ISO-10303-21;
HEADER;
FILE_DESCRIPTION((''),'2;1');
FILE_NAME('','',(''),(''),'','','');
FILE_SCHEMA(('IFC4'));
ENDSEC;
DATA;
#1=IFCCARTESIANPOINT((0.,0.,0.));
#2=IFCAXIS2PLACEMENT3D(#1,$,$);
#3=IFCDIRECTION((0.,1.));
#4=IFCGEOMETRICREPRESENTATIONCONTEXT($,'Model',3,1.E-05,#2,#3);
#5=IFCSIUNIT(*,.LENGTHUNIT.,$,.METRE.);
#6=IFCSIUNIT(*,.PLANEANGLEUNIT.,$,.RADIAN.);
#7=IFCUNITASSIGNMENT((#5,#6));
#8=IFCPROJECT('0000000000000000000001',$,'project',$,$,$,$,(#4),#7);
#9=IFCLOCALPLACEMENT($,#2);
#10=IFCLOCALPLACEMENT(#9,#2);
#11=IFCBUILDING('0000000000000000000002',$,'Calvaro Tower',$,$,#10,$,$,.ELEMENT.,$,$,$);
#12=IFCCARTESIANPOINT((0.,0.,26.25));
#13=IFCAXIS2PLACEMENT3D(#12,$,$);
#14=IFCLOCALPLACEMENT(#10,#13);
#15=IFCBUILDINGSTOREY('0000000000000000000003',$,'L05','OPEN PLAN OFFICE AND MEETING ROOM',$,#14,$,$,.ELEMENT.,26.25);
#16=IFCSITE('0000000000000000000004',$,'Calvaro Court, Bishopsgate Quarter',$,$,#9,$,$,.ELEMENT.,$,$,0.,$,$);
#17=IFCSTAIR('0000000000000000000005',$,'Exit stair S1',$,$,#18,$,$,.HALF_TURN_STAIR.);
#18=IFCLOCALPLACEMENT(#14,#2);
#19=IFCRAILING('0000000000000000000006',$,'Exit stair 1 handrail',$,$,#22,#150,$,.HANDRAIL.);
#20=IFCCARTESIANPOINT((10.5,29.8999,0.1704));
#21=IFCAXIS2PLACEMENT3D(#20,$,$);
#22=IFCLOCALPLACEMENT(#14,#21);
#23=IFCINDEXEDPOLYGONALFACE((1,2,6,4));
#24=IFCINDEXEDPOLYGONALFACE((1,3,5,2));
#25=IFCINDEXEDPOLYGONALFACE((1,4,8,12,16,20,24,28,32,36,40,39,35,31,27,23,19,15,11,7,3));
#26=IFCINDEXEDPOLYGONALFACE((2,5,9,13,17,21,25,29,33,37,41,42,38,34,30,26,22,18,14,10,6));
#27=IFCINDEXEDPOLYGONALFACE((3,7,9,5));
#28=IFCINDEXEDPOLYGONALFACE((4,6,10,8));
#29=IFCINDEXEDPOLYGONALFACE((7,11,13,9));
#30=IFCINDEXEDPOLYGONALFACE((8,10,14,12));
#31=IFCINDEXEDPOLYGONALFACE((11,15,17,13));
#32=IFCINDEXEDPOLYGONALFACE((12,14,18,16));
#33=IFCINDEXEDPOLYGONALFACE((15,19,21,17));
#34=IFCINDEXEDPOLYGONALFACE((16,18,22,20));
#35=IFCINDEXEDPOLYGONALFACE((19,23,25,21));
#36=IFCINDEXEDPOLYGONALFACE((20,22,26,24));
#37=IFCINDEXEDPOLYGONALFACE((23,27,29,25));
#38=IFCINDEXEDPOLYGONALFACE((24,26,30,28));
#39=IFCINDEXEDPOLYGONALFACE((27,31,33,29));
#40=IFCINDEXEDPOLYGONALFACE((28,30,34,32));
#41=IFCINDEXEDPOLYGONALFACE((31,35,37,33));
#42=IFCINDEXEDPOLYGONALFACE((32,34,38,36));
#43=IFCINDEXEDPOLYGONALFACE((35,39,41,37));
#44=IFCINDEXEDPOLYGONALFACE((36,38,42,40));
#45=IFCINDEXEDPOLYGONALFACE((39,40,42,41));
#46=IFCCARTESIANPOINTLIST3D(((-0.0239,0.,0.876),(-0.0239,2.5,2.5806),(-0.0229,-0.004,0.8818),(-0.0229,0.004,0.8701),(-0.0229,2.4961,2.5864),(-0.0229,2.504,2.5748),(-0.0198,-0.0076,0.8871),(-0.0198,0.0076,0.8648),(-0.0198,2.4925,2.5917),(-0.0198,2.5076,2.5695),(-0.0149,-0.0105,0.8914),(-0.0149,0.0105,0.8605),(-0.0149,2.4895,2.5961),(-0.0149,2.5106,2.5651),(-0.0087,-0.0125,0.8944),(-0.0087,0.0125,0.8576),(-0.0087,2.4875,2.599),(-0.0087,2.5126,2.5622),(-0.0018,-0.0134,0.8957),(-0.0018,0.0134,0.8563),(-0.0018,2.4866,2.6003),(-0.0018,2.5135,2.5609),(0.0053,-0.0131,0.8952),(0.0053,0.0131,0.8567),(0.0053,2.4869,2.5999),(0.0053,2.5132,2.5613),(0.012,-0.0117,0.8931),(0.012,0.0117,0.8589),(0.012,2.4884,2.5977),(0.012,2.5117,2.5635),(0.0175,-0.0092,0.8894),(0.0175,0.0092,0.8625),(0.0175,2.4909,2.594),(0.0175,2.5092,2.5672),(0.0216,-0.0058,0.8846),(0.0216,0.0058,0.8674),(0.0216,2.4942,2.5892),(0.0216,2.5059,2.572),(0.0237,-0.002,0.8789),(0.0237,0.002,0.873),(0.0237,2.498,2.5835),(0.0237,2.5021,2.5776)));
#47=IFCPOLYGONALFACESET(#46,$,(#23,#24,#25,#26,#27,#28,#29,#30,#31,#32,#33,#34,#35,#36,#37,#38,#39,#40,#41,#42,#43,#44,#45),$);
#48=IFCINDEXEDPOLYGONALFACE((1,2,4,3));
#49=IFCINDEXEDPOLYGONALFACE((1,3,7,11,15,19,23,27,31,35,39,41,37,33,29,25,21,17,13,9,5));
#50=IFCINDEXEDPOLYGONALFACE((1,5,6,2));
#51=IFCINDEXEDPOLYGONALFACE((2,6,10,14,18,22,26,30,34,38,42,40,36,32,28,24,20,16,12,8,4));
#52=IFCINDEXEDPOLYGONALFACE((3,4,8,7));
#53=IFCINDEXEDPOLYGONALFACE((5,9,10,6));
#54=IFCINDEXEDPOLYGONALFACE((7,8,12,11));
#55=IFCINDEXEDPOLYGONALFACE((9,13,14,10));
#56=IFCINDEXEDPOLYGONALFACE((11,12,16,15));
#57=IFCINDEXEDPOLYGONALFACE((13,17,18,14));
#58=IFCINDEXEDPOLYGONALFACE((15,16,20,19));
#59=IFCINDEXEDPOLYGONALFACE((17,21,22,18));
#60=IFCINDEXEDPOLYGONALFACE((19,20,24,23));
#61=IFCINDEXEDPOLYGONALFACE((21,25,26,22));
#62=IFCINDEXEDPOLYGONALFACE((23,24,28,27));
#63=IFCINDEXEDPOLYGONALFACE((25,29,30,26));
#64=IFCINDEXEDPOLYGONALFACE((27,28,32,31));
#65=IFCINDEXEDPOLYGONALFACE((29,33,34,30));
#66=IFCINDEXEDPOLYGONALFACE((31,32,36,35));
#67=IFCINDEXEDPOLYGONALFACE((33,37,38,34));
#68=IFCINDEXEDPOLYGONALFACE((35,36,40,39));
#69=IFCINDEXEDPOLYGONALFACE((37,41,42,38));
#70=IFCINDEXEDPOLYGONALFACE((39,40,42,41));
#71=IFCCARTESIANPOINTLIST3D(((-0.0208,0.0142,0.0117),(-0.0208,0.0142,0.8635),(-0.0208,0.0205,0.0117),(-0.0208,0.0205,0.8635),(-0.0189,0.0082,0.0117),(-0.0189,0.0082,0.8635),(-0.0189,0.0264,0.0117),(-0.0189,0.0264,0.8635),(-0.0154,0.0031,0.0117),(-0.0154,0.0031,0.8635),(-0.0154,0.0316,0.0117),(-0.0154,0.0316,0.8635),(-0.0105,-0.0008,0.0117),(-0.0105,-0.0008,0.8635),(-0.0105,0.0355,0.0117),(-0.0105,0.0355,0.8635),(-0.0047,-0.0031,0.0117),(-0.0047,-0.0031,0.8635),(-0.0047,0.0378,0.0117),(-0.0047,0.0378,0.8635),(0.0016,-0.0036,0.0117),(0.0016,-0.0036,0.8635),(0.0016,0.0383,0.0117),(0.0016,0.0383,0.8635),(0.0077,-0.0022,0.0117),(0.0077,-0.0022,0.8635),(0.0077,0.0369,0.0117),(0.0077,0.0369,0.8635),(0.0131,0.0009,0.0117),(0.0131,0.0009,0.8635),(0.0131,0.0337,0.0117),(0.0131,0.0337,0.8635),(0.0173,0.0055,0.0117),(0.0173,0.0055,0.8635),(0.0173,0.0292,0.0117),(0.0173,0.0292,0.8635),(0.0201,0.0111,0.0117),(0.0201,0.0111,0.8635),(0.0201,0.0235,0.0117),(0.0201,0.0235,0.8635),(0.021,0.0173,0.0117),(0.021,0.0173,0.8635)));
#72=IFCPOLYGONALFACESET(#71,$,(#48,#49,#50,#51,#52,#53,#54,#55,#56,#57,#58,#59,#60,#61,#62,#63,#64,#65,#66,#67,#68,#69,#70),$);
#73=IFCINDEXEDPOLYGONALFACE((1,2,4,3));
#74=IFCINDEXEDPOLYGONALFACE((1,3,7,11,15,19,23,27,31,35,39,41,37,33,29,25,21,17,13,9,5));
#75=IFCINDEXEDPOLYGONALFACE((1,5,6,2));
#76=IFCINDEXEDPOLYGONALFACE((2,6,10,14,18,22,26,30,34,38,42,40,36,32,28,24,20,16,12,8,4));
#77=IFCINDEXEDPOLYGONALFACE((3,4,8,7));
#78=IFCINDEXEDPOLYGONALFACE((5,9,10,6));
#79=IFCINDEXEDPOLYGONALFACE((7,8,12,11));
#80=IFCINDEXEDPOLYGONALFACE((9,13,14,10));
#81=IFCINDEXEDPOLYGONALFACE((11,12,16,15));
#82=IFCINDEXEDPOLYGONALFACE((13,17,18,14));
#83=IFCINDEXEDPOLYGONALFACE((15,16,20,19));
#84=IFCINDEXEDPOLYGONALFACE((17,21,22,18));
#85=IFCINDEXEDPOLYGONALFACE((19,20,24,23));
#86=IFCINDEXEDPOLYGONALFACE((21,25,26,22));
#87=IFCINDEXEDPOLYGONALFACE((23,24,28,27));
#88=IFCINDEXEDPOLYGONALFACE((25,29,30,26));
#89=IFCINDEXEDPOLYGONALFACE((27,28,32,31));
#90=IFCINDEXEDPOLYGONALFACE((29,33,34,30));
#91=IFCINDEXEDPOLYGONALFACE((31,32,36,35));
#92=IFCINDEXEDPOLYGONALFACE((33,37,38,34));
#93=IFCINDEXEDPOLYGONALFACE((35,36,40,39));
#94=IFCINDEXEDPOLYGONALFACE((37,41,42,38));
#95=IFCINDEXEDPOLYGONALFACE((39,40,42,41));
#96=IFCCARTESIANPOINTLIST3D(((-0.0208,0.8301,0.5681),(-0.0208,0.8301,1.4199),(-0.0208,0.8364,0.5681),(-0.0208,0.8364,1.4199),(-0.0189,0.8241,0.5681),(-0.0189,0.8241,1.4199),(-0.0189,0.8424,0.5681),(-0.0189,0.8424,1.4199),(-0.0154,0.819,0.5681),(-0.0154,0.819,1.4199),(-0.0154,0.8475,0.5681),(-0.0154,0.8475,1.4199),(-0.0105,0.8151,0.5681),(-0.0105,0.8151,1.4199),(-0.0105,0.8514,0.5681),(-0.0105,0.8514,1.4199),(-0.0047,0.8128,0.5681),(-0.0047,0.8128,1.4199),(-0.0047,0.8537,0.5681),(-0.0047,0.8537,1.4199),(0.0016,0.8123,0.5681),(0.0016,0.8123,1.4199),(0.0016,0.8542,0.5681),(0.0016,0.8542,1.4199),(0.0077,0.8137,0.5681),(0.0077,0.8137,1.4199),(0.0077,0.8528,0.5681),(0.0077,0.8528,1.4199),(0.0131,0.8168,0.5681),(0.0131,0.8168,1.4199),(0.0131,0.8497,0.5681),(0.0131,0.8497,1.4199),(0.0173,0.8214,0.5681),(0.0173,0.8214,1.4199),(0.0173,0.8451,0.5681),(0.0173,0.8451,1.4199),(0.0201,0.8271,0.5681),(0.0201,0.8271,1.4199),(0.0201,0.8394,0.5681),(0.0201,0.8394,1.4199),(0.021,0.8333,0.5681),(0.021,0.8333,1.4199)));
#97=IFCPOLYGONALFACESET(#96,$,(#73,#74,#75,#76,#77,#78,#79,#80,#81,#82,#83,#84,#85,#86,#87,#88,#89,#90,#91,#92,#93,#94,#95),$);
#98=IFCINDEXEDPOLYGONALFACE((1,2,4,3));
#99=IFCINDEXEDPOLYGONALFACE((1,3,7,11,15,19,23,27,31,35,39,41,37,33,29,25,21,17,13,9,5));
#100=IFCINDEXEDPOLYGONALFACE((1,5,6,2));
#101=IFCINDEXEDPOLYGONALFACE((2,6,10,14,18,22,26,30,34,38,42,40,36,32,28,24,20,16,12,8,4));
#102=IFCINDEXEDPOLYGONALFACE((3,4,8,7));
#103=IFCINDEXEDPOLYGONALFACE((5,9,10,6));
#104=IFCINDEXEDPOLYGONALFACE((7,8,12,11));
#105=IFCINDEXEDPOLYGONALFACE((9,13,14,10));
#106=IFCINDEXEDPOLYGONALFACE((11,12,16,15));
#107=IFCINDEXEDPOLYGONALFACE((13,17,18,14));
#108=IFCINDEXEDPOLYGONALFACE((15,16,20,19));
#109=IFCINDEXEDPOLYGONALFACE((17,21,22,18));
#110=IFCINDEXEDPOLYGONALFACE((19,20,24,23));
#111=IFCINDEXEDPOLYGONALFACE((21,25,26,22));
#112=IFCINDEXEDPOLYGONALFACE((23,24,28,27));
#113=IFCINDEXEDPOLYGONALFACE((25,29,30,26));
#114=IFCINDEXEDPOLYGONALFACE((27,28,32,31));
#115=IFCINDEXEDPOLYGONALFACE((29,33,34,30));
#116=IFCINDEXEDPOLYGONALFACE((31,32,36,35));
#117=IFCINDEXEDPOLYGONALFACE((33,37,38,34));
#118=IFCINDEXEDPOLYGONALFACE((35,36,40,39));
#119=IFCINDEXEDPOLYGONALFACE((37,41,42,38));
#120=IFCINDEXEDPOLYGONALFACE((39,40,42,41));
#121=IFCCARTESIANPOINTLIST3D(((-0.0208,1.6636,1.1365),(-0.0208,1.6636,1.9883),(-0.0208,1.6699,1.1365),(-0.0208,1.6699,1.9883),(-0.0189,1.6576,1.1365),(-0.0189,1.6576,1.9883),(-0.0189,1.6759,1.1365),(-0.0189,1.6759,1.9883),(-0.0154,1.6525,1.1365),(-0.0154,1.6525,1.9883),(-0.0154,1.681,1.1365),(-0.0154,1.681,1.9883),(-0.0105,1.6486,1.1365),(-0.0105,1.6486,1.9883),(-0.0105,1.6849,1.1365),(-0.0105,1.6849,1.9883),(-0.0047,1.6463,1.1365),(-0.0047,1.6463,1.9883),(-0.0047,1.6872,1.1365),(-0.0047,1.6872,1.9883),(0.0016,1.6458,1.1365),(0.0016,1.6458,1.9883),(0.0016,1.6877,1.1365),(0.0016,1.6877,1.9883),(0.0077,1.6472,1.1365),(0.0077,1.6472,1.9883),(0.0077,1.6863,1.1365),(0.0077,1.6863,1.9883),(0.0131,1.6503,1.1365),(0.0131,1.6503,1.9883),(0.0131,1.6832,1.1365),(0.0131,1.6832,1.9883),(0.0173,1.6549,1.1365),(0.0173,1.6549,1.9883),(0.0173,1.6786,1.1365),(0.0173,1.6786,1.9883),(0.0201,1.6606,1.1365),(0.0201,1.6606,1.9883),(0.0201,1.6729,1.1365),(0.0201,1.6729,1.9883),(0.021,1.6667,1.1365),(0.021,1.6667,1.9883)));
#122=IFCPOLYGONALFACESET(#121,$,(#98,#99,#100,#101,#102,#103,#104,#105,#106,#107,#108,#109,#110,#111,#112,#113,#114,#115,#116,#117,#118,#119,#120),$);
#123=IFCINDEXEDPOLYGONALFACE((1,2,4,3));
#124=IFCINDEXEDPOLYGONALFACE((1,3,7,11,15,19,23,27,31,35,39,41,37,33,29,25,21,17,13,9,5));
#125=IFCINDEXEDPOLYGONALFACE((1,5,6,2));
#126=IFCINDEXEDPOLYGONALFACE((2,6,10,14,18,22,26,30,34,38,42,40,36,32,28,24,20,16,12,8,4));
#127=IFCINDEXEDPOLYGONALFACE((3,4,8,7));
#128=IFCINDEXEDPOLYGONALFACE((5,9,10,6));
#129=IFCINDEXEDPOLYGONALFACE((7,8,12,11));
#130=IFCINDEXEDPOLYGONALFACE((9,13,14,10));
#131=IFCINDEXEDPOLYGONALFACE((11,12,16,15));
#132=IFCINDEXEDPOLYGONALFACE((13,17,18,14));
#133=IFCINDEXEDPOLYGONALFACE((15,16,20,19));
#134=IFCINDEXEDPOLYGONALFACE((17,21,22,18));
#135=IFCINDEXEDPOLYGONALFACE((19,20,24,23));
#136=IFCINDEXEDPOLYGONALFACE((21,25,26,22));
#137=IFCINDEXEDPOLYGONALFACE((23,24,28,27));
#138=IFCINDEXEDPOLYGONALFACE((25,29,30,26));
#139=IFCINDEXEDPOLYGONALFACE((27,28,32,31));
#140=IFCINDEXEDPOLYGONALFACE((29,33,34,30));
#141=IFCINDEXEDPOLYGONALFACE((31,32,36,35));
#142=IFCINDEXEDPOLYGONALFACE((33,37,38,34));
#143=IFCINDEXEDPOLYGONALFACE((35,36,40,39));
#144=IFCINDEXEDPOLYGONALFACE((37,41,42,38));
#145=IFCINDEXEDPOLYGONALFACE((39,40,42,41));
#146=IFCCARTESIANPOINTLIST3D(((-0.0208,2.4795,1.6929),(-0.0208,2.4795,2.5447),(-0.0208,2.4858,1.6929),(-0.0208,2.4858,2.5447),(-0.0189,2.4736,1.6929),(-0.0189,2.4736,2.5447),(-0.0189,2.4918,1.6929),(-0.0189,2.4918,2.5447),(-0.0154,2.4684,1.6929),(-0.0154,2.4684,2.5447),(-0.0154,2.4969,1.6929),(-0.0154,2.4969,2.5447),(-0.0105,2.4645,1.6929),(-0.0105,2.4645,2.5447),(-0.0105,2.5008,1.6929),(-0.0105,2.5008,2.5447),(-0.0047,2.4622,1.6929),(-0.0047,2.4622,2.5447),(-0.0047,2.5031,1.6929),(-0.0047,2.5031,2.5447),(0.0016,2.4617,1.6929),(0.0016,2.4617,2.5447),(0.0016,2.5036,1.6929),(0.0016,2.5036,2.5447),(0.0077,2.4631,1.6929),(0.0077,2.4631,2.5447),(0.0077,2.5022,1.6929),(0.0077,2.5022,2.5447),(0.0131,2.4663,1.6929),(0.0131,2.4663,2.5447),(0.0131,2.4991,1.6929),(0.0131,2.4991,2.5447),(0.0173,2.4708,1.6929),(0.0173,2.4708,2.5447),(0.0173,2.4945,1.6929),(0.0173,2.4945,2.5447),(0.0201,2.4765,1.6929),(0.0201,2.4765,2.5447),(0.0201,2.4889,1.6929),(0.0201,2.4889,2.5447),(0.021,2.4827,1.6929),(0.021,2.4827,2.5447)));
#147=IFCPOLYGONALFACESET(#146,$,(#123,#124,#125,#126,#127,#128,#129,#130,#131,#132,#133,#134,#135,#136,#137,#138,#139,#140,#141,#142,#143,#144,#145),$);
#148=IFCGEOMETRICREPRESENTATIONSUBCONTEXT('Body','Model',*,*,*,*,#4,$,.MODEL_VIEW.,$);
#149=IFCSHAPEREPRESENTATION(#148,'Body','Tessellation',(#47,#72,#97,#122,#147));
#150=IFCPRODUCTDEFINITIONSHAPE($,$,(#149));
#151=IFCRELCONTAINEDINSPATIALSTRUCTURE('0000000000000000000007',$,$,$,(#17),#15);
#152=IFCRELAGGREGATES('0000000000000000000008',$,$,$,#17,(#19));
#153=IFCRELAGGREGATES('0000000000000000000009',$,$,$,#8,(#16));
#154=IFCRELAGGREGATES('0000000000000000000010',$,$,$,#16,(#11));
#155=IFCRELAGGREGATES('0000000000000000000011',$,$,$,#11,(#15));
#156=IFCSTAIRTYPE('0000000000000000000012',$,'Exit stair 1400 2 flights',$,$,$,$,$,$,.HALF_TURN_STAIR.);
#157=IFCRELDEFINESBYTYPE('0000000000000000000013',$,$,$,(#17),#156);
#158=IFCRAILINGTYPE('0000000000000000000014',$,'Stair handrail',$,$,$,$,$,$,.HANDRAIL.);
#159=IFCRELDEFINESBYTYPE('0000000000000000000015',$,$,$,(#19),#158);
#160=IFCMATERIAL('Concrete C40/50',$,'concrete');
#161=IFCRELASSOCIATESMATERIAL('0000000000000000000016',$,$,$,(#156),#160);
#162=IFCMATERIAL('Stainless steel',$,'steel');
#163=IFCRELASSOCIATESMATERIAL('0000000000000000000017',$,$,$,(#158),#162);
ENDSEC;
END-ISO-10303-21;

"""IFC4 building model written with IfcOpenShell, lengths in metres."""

from ifc_helpers import new_model, si_unit, direction, frame, origin, origin_2d, place, context, subcontext, project, spatial, circle, extrude, material, type_object, element, aggregate, save


model = new_model("IFC4")

# Units and contexts
model_context = context("Model", 3, precision=1e-05, world=origin(), true_north=direction((0.0, 1.0)))
body_context = subcontext(model_context, "Body", "Model", "MODEL_VIEW")
ifc_project = project(units=[si_unit("LENGTHUNIT", "METRE"), si_unit("PLANEANGLEUNIT", "RADIAN")], contexts=[model_context])

# Site, building, storey
site_placement = place(None, origin())
site = spatial("IfcSite", under=ifc_project, at=site_placement, Name="Calvaro Court, Bishopsgate Quarter", CompositionType="ELEMENT", RefElevation=0.0)
building_placement = place(site_placement, origin())
building = spatial("IfcBuilding", under=site, at=building_placement, Name="Calvaro Tower", CompositionType="ELEMENT")
storey_placement = place(building_placement, frame((0.0, 0.0, 26.25)))
storey = spatial("IfcBuildingStorey", under=building, at=storey_placement, Name="L05", Description="OPEN PLAN OFFICE AND MEETING ROOM", CompositionType="ELEMENT", Elevation=26.25)

# Stair, railing
ifc_material_1 = material(Name="Concrete C40/50", Category="concrete")
stair_type = type_object("IfcStairType", Name="Exit stair 1400 2 flights", PredefinedType="HALF_TURN_STAIR", material=ifc_material_1)
stair_placement = place(storey_placement, origin())
stair = element("IfcStair", 1, at=stair_placement, inside=storey, type_object=stair_type, Name="Exit stair S1", PredefinedType="HALF_TURN_STAIR")
ifc_material_2 = material(Name="Stainless steel", Category="steel")
railing_type = type_object("IfcRailingType", Name="Stair handrail", PredefinedType="HANDRAIL", material=ifc_material_2)
railing_1_placement = place(storey_placement, frame((10.5, 29.8999, 0.1704)))
railing_1 = element("IfcRailing", 2, at=railing_1_placement, type_object=railing_type, Name="Exit stair 1 handrail", PredefinedType="HANDRAIL", context=body_context, shape_type="SweptSolid", body=[
    extrude(circle(Radius=0.0239, at=origin_2d()), frame((0.0, 0.0, 0.876), z_axis=(0.0, 0.826221, 0.563347), x_axis=(-1.0, 0.0, 0.0)), (0.0, 0.0, 1.0), 3.0259),
    extrude(circle(Radius=0.021, at=origin_2d()), frame((0.0, 0.0173, 0.0117)), (0.0, 0.0, 1.0), 0.8518),
    extrude(circle(Radius=0.021, at=origin_2d()), frame((0.0, 0.8333, 0.5681)), (0.0, 0.0, 1.0), 0.8518),
    extrude(circle(Radius=0.021, at=origin_2d()), frame((0.0, 1.6667, 1.1365)), (0.0, 0.0, 1.0), 0.8518),
    extrude(circle(Radius=0.021, at=origin_2d()), frame((0.0, 2.4827, 1.6929)), (0.0, 0.0, 1.0), 0.8518),
])
aggregate(stair, [railing_1])

save(model, "model.ifc")
